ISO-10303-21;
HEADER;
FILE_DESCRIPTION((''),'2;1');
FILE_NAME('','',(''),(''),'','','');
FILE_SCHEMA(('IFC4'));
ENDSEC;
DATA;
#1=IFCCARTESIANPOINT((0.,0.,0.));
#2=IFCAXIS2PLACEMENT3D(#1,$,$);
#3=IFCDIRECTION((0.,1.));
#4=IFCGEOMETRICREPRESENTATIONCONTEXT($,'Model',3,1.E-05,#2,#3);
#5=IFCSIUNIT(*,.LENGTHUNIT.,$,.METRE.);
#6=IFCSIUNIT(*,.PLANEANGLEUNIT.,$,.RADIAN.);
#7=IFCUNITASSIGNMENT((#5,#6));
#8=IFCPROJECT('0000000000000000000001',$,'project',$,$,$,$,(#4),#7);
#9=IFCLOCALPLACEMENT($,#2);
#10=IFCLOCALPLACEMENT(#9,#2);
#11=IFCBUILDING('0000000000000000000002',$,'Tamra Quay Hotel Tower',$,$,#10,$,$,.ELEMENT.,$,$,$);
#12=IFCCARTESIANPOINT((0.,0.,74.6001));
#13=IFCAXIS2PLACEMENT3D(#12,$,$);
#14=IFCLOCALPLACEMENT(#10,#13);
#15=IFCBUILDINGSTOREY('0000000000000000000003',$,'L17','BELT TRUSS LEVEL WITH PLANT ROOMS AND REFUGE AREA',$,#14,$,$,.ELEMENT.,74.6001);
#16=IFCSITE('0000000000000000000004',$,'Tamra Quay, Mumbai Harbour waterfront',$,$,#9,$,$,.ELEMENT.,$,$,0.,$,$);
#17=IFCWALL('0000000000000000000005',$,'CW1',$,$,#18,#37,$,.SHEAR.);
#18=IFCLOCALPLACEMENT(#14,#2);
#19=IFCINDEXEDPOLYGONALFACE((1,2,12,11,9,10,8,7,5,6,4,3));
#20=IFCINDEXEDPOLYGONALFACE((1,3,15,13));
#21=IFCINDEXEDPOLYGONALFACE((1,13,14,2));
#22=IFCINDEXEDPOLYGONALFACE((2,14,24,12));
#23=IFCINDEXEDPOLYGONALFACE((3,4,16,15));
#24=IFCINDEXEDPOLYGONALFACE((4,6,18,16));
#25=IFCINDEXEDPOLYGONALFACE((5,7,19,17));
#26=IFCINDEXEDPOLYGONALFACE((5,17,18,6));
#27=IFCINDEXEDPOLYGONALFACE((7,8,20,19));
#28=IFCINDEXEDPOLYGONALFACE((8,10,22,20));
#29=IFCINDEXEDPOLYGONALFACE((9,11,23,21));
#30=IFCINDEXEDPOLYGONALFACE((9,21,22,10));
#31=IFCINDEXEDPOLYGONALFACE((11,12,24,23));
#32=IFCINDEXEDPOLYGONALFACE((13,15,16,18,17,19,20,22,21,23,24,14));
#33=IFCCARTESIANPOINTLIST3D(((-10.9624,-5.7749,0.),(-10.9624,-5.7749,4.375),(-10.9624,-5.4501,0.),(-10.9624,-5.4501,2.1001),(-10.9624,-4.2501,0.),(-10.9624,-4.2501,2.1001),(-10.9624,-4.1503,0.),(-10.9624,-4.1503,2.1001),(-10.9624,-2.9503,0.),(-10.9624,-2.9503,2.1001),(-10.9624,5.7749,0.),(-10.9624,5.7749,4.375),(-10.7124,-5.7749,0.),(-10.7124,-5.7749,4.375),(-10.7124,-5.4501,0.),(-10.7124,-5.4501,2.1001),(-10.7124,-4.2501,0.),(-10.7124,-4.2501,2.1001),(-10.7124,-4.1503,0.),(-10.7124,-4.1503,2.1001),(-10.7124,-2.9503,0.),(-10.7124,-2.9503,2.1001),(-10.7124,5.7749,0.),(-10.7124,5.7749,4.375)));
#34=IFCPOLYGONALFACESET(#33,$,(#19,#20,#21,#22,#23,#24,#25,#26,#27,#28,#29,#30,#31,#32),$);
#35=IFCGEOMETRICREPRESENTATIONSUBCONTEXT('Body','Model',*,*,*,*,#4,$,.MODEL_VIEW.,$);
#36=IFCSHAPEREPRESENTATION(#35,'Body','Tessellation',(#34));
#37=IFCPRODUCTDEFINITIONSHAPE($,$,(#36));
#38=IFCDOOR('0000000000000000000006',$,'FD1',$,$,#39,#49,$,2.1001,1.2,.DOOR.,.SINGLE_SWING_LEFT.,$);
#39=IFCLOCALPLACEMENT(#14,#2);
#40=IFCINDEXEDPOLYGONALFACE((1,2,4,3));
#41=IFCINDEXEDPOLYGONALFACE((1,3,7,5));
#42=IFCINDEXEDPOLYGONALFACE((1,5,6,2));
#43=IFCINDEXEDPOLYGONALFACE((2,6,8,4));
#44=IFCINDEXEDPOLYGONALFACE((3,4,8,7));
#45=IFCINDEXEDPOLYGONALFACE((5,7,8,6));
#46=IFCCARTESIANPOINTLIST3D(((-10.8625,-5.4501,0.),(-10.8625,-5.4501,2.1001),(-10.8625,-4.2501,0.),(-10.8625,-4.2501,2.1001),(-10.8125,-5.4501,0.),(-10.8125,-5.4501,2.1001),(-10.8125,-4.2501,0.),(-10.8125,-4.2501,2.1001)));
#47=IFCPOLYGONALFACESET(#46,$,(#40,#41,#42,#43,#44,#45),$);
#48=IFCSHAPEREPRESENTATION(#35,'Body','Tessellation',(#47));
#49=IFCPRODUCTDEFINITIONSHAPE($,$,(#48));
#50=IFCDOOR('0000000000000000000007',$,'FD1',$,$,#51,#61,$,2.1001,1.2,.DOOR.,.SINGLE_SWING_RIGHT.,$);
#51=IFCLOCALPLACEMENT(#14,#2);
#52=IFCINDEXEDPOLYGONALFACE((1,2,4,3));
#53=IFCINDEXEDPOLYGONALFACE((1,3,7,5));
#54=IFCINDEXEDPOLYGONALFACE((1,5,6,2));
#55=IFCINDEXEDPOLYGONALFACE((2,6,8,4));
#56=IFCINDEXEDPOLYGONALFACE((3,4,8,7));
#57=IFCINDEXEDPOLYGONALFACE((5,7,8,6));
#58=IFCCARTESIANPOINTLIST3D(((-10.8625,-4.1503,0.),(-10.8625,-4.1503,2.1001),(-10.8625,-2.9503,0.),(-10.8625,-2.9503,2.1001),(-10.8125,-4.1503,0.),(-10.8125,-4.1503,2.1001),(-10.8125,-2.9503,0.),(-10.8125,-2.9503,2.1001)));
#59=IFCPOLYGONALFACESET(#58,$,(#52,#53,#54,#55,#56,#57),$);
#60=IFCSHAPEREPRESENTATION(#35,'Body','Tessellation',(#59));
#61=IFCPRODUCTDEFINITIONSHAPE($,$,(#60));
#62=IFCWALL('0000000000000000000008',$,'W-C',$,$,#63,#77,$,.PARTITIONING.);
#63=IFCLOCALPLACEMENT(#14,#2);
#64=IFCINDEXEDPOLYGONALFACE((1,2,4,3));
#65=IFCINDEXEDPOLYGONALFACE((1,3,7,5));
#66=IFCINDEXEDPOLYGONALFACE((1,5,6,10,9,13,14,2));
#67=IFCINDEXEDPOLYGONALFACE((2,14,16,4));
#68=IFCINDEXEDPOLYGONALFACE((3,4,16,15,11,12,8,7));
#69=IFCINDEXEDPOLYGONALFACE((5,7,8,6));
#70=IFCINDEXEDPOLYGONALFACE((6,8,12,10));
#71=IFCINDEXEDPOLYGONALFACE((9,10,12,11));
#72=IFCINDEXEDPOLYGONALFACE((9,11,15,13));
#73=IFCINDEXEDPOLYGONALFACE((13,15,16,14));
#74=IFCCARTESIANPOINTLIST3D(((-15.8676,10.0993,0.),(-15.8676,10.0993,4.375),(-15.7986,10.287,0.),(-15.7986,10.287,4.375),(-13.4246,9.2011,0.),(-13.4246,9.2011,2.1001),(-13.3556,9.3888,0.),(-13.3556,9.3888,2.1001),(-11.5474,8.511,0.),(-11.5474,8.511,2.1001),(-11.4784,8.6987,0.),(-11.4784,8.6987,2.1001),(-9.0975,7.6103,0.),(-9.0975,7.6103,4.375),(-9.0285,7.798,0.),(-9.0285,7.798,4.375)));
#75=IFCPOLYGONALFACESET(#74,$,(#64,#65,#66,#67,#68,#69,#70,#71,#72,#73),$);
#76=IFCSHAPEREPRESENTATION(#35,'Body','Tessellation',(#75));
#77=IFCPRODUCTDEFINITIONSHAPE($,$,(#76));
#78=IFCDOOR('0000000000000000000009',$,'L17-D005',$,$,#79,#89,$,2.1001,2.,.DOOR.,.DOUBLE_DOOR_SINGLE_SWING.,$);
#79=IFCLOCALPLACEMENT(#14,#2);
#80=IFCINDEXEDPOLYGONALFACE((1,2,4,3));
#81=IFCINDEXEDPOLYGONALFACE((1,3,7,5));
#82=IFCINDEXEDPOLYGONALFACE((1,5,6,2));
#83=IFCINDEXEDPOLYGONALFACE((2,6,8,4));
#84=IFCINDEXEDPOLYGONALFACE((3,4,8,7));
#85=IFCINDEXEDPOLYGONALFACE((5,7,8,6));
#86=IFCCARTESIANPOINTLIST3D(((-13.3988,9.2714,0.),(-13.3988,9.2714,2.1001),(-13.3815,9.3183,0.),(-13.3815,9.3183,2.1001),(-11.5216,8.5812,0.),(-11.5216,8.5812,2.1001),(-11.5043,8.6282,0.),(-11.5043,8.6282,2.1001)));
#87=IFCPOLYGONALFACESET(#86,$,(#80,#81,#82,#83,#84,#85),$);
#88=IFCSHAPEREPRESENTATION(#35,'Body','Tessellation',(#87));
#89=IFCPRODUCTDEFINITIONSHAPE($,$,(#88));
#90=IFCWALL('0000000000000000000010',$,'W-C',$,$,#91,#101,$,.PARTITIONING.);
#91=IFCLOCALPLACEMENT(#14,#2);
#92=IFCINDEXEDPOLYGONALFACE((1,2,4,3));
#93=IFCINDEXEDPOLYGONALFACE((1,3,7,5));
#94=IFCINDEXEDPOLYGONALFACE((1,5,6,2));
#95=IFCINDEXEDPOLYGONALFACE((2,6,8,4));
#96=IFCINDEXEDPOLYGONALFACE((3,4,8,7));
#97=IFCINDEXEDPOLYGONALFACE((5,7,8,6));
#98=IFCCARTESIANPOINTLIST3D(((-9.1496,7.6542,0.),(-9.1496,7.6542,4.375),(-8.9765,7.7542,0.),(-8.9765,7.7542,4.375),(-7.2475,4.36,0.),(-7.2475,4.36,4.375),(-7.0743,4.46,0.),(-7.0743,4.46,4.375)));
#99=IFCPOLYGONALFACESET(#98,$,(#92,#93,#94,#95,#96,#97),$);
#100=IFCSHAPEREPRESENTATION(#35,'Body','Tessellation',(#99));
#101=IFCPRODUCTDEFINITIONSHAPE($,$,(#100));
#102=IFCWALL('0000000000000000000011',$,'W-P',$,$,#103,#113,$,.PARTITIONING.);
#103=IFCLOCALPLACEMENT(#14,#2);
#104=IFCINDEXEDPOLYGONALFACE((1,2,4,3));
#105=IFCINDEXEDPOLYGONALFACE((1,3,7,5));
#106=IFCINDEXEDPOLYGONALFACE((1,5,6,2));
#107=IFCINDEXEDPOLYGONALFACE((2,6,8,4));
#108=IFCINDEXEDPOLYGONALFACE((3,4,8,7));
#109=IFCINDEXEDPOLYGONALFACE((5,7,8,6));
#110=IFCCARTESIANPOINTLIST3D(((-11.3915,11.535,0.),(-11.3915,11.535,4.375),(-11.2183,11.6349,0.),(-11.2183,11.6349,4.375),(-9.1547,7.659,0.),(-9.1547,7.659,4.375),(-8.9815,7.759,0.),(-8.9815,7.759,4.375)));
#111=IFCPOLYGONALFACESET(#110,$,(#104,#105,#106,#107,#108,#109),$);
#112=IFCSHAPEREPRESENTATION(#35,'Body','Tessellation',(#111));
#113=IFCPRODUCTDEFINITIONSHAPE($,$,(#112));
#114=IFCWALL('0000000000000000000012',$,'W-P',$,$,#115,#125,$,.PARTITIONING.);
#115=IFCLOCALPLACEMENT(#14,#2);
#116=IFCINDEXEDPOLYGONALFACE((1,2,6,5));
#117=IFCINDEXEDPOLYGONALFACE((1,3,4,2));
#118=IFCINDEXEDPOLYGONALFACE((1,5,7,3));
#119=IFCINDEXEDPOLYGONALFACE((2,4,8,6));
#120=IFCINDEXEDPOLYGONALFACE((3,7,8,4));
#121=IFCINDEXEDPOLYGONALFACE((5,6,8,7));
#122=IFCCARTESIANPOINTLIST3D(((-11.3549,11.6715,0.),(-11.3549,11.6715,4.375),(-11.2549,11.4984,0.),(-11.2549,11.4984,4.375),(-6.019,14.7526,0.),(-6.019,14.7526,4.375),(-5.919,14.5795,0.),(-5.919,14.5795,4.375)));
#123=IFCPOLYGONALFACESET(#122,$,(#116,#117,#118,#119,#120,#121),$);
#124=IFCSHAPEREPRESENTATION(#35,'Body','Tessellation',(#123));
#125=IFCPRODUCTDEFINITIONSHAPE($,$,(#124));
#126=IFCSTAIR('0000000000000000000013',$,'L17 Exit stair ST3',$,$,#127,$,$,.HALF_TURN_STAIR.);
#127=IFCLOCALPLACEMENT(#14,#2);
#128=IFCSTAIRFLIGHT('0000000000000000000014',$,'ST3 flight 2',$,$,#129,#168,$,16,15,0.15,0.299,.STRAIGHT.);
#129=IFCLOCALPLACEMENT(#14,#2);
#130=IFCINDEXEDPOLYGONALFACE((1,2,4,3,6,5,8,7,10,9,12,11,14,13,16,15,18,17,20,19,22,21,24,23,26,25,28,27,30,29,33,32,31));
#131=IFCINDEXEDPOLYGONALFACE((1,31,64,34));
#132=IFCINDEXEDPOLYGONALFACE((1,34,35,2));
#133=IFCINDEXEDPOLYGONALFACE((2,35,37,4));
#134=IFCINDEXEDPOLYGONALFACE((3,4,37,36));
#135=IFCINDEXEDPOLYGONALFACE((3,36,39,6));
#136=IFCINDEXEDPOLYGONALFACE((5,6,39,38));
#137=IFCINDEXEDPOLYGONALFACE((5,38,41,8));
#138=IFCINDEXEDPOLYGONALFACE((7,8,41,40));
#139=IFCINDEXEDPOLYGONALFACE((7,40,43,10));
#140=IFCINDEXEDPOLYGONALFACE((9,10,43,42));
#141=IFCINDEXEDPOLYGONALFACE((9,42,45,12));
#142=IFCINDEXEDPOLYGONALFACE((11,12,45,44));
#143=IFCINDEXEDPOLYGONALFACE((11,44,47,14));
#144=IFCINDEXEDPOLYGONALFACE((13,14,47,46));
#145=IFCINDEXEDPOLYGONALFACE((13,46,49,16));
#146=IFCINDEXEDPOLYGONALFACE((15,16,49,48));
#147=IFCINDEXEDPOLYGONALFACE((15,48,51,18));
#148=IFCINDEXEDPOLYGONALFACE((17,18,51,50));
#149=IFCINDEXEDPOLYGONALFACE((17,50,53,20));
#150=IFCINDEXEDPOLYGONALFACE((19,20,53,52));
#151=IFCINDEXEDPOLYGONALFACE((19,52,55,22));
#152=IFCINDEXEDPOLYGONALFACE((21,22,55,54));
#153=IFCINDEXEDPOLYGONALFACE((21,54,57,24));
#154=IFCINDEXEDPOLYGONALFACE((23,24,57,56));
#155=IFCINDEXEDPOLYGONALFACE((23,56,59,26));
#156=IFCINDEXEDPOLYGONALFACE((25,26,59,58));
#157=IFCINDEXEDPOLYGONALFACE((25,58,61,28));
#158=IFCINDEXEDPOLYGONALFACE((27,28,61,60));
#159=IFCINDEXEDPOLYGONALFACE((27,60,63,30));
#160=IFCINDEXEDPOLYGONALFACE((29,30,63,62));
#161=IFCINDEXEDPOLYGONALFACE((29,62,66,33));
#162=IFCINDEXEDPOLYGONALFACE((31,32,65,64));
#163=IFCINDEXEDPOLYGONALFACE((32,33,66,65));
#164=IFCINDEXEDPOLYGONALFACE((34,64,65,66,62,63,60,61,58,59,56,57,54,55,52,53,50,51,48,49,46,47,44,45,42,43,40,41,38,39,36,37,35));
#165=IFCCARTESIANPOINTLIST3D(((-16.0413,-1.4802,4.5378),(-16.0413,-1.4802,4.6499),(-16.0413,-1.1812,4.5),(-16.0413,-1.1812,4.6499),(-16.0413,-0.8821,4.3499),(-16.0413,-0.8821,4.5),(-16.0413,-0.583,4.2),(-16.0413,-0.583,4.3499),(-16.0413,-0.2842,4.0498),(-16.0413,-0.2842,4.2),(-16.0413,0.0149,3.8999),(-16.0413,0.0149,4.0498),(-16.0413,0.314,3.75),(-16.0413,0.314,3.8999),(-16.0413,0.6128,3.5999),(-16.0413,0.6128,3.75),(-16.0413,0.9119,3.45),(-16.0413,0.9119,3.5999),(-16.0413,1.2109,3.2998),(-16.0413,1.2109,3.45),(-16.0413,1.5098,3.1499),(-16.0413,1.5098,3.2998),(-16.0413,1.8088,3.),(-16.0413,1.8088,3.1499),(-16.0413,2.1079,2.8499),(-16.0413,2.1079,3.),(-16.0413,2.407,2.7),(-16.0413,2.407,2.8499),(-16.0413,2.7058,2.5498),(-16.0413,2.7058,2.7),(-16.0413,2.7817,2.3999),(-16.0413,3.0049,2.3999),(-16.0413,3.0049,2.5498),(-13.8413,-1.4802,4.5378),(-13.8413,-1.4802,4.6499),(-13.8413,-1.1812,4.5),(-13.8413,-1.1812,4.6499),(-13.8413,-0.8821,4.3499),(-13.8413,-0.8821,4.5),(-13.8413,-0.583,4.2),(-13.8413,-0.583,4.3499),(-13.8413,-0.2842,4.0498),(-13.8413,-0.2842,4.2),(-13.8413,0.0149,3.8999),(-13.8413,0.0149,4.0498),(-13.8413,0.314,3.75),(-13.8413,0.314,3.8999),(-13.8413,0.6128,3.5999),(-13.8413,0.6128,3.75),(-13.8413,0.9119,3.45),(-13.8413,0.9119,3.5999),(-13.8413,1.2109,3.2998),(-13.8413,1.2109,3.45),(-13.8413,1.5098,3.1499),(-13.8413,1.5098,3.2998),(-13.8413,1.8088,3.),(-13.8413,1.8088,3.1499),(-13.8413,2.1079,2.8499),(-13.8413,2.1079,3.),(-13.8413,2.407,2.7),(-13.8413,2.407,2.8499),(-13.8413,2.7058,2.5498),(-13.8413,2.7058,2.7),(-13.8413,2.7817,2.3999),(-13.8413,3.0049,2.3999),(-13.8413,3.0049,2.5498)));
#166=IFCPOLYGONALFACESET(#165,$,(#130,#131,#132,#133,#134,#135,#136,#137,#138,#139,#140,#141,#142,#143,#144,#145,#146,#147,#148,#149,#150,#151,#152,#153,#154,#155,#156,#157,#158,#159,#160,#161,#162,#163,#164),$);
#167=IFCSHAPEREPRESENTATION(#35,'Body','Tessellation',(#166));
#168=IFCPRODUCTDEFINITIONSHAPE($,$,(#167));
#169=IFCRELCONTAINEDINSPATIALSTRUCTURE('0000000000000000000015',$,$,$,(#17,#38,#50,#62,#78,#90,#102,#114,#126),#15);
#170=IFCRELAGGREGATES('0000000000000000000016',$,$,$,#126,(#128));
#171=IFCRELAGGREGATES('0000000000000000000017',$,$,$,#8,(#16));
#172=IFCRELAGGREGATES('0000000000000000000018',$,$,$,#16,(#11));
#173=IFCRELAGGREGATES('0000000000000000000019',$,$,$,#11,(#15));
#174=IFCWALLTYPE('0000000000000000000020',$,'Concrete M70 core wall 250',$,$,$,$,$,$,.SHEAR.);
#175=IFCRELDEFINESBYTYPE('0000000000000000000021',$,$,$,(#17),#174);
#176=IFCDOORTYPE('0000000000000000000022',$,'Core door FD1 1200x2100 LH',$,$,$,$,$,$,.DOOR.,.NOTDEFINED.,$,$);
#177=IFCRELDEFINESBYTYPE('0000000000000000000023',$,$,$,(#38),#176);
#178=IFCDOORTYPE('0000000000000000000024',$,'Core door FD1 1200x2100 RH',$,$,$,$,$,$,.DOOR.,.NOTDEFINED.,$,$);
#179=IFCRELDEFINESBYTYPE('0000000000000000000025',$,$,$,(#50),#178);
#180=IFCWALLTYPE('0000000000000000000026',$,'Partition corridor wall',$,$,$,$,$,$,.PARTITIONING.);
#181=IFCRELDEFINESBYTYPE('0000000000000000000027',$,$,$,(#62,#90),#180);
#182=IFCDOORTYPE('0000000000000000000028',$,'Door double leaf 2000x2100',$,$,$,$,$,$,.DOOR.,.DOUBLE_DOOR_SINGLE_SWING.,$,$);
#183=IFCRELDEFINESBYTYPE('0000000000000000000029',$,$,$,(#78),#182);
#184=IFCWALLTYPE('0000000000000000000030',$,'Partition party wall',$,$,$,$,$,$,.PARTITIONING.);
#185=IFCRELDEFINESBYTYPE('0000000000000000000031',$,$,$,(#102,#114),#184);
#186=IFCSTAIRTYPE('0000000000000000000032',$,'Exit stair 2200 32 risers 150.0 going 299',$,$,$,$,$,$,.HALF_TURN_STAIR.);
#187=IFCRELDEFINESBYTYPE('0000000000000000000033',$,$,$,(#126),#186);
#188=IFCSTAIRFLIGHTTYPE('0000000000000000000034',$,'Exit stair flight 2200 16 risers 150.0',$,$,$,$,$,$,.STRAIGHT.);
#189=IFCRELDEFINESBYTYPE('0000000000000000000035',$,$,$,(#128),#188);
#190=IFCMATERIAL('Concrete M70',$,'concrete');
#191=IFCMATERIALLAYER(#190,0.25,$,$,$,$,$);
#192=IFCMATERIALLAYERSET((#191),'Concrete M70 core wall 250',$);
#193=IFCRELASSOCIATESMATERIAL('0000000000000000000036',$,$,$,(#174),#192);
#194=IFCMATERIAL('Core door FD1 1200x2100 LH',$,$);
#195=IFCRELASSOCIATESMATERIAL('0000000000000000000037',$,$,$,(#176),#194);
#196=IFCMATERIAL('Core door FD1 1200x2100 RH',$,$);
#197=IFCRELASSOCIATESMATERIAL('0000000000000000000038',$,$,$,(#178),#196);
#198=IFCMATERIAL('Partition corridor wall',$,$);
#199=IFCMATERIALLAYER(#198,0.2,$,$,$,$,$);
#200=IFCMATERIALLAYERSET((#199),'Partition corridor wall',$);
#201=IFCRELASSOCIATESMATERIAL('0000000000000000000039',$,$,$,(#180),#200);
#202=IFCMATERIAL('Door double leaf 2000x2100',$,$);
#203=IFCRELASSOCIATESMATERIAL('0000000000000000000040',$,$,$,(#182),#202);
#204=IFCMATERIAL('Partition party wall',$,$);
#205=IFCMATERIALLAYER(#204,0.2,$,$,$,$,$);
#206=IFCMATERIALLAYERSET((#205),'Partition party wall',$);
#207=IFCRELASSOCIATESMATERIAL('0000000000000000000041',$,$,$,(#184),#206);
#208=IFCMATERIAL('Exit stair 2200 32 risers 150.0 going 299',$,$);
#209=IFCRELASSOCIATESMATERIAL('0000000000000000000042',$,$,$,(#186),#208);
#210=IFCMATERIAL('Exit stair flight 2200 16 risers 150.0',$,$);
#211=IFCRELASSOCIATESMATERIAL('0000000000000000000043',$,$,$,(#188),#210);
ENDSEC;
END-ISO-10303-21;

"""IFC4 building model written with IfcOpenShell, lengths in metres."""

from ifc_helpers import new_model, si_unit, direction, frame, frame_2d, origin, place, context, subcontext, project, spatial, polyline, rectangle, outline, extrude, material, layer, layer_set, type_object, element, fill, aggregate, save


model = new_model("IFC4")

# Units and contexts
model_context = context("Model", 3, precision=1e-05, world=origin(), true_north=direction((0.0, 1.0)))
body_context = subcontext(model_context, "Body", "Model", "MODEL_VIEW")
ifc_project = project(units=[si_unit("LENGTHUNIT", "METRE"), si_unit("PLANEANGLEUNIT", "RADIAN")], contexts=[model_context])

# Site, building, storey
site_placement = place(None, origin())
site = spatial("IfcSite", under=ifc_project, at=site_placement, Name="Tamra Quay, Mumbai Harbour waterfront", CompositionType="ELEMENT", RefElevation=0.0)
building_placement = place(site_placement, origin())
building = spatial("IfcBuilding", under=site, at=building_placement, Name="Tamra Quay Hotel Tower", CompositionType="ELEMENT")
storey_placement = place(building_placement, frame((0.0, 0.0, 74.6001)))
storey = spatial("IfcBuildingStorey", under=building, at=storey_placement, Name="L17", Description="BELT TRUSS LEVEL WITH PLANT ROOMS AND REFUGE AREA", CompositionType="ELEMENT", Elevation=74.6001)

# Wall, openings, doors
ifc_material_1 = material(Name="Concrete M70", Category="concrete")
ifc_layer_1 = layer(ifc_material_1, 0.25)
ifc_layer_set_1 = layer_set([ifc_layer_1], Name="Concrete M70 core wall 250")
wall_type_1 = type_object("IfcWallType", Name="Concrete M70 core wall 250", PredefinedType="SHEAR", material=ifc_layer_set_1)
wall_1_placement = place(storey_placement, frame((-10.8374, 5.7749, 0.0), z_axis=(0.0, 0.0, 1.0), x_axis=(0.0, -1.0, 0.0)))
wall_1 = element("IfcWall", 1, at=wall_1_placement, inside=storey, type_object=wall_type_1, Name="CW1", PredefinedType="SHEAR", context=body_context, shape_type="SweptSolid", body=[
    extrude(rectangle(XDim=11.5498, YDim=0.25, at=frame_2d((5.7749, 0.0))), origin(), (0.0, 0.0, 1.0), 4.375),
])
opening_1_placement = place(wall_1_placement, frame((10.0249, 0.0, 0.0)))
opening_1 = element("IfcOpeningElement", 2, at=opening_1_placement, cuts=wall_1, PredefinedType="OPENING", context=body_context, shape_type="SweptSolid", body=[
    extrude(rectangle(XDim=1.2, YDim=2.1001, at=frame_2d((0.6001, 1.05))), frame((0.0, 0.135, 0.0), z_axis=(0.0, -1.0, 0.0), x_axis=(1.0, 0.0, 0.0)), (0.0, 0.0, 1.0), 0.27),
])
opening_2_placement = place(wall_1_placement, frame((8.7251, 0.0, 0.0)))
opening_2 = element("IfcOpeningElement", 3, at=opening_2_placement, cuts=wall_1, PredefinedType="OPENING", context=body_context, shape_type="SweptSolid", body=[
    extrude(rectangle(XDim=1.2, YDim=2.1001, at=frame_2d((0.6001, 1.05))), frame((0.0, 0.135, 0.0), z_axis=(0.0, -1.0, 0.0), x_axis=(1.0, 0.0, 0.0)), (0.0, 0.0, 1.0), 0.27),
])
ifc_material_2 = material(Name="Core door FD1 1200x2100 LH")
door_type_1 = type_object("IfcDoorType", Name="Core door FD1 1200x2100 LH", OperationType="NOTDEFINED", PredefinedType="DOOR", material=ifc_material_2)
door_1_placement = place(opening_1_placement, origin())
door_1 = element("IfcDoor", 4, at=door_1_placement, inside=storey, type_object=door_type_1, Name="FD1", OperationType="SINGLE_SWING_LEFT", OverallHeight=2.1001, OverallWidth=1.2, PredefinedType="DOOR", context=body_context, shape_type="SweptSolid", body=[
    extrude(rectangle(XDim=1.2, YDim=2.1001, at=frame_2d((0.6001, 1.05))), frame((0.0, 0.0249, 0.0), z_axis=(0.0, -1.0, 0.0), x_axis=(1.0, 0.0, 0.0)), (0.0, 0.0, 1.0), 0.05),
])
fill(opening_1, door_1)
ifc_material_3 = material(Name="Core door FD1 1200x2100 RH")
door_type_2 = type_object("IfcDoorType", Name="Core door FD1 1200x2100 RH", OperationType="NOTDEFINED", PredefinedType="DOOR", material=ifc_material_3)
door_2_placement = place(opening_2_placement, origin())
door_2 = element("IfcDoor", 5, at=door_2_placement, inside=storey, type_object=door_type_2, Name="FD1", OperationType="SINGLE_SWING_RIGHT", OverallHeight=2.1001, OverallWidth=1.2, PredefinedType="DOOR", context=body_context, shape_type="SweptSolid", body=[
    extrude(rectangle(XDim=1.2, YDim=2.1001, at=frame_2d((0.6001, 1.05))), frame((0.0, 0.0249, 0.0), z_axis=(0.0, -1.0, 0.0), x_axis=(1.0, 0.0, 0.0)), (0.0, 0.0, 1.0), 0.05),
])
fill(opening_2, door_2)

# Wall, opening, door
ifc_material_4 = material(Name="Partition corridor wall")
ifc_layer_2 = layer(ifc_material_4, 0.2)
ifc_layer_set_2 = layer_set([ifc_layer_2], Name="Partition corridor wall")
wall_type_2 = type_object("IfcWallType", Name="Partition corridor wall", PredefinedType="PARTITIONING", material=ifc_layer_set_2)
wall_2_placement = place(storey_placement, frame((-15.833, 10.1931, 0.0), z_axis=(0.0, 0.0, 1.0), x_axis=(0.938577, -0.34507, 0.0)))
wall_2 = element("IfcWall", 6, at=wall_2_placement, inside=storey, type_object=wall_type_2, Name="W-C", PredefinedType="PARTITIONING", context=body_context, shape_type="SweptSolid", body=[
    extrude(rectangle(XDim=7.2131, YDim=0.2, at=frame_2d((3.6064, 0.0))), origin(), (0.0, 0.0, 1.0), 4.375),
])
opening_3_placement = place(wall_2_placement, frame((2.6028, 0.0, 0.0)))
opening_3 = element("IfcOpeningElement", 7, at=opening_3_placement, cuts=wall_2, PredefinedType="OPENING", context=body_context, shape_type="SweptSolid", body=[
    extrude(rectangle(XDim=2.0, YDim=2.1001, at=frame_2d((1.0, 1.05))), frame((0.0, 0.1099, 0.0), z_axis=(0.0, -1.0, 0.0), x_axis=(1.0, 0.0, 0.0)), (0.0, 0.0, 1.0), 0.22),
])
ifc_material_5 = material(Name="Door double leaf 2000x2100")
door_type_3 = type_object("IfcDoorType", Name="Door double leaf 2000x2100", OperationType="DOUBLE_DOOR_SINGLE_SWING", PredefinedType="DOOR", material=ifc_material_5)
door_3_placement = place(opening_3_placement, origin())
door_3 = element("IfcDoor", 8, at=door_3_placement, inside=storey, type_object=door_type_3, Name="L17-D005", OperationType="DOUBLE_DOOR_SINGLE_SWING", OverallHeight=2.1001, OverallWidth=2.0, PredefinedType="DOOR", context=body_context, shape_type="SweptSolid", body=[
    extrude(rectangle(XDim=2.0, YDim=2.1001, at=frame_2d((1.0, 1.05))), frame((0.0, 0.0249, 0.0), z_axis=(0.0, -1.0, 0.0), x_axis=(1.0, 0.0, 0.0)), (0.0, 0.0, 1.0), 0.05),
])
fill(opening_3, door_3)

# Walls
wall_3_placement = place(storey_placement, frame((-9.063, 7.7041, 0.0), z_axis=(0.0, 0.0, 1.0), x_axis=(0.500039, -0.866003, 0.0)))
element("IfcWall", 9, at=wall_3_placement, inside=storey, type_object=wall_type_2, Name="W-C", PredefinedType="PARTITIONING", context=body_context, shape_type="SweptSolid", body=[
    extrude(rectangle(XDim=3.804, YDim=0.2, at=frame_2d((1.9019, 0.0))), origin(), (0.0, 0.0, 1.0), 4.375),
])
ifc_material_6 = material(Name="Partition party wall")
ifc_layer_3 = layer(ifc_material_6, 0.2)
ifc_layer_set_3 = layer_set([ifc_layer_3], Name="Partition party wall")
wall_type_3 = type_object("IfcWallType", Name="Partition party wall", PredefinedType="PARTITIONING", material=ifc_layer_set_3)
wall_4_placement = place(storey_placement, frame((-11.3049, 11.585, 0.0), z_axis=(0.0, 0.0, 1.0), x_axis=(0.499836, -0.86612, 0.0)))
element("IfcWall", 10, at=wall_4_placement, inside=storey, type_object=wall_type_3, Name="W-P", PredefinedType="PARTITIONING", context=body_context, shape_type="SweptSolid", body=[
    extrude(rectangle(XDim=4.4751, YDim=0.2, at=frame_2d((2.2375, 0.0))), origin(), (0.0, 0.0, 1.0), 4.375),
])
wall_5_placement = place(storey_placement, frame((-11.3049, 11.585, 0.0), z_axis=(0.0, 0.0, 1.0), x_axis=(0.866001, 0.500043, 0.0)))
element("IfcWall", 11, at=wall_5_placement, inside=storey, type_object=wall_type_3, Name="W-P", PredefinedType="PARTITIONING", context=body_context, shape_type="SweptSolid", body=[
    extrude(rectangle(XDim=6.1616, YDim=0.2, at=frame_2d((3.0808, 0.0))), origin(), (0.0, 0.0, 1.0), 4.375),
])

# Stair, stair flight
ifc_material_7 = material(Name="Exit stair 2200 32 risers 150.0 going 299")
stair_type = type_object("IfcStairType", Name="Exit stair 2200 32 risers 150.0 going 299", PredefinedType="HALF_TURN_STAIR", material=ifc_material_7)
stair_placement = place(storey_placement, origin())
stair = element("IfcStair", 12, at=stair_placement, inside=storey, type_object=stair_type, Name="L17 Exit stair ST3", PredefinedType="HALF_TURN_STAIR")
ifc_material_8 = material(Name="Exit stair flight 2200 16 risers 150.0")
stair_flight_type = type_object("IfcStairFlightType", Name="Exit stair flight 2200 16 risers 150.0", PredefinedType="STRAIGHT", material=ifc_material_8)
stair_flight_placement = place(storey_placement, frame((-14.9414, 3.0049, 2.3999), z_axis=(0.0, 0.0, 1.0), x_axis=(0.0, -1.0, 0.0)))
stair_flight = element("IfcStairFlight", 13, at=stair_flight_placement, type_object=stair_flight_type, Name="ST3 flight 2", NumberOfRisers=16, NumberOfTreads=15, PredefinedType="STRAIGHT", RiserHeight=0.15, TreadLength=0.299, context=body_context, shape_type="SweptSolid", body=[
    extrude(outline(polyline([(0.0, 0.0), (0.0, 0.1499), (0.2991, 0.1499), (0.2991, 0.3), (0.5979, 0.3), (0.5979, 0.45), (0.897, 0.45), (0.897, 0.6001), (1.196, 0.6001), (1.196, 0.75), (1.4951, 0.75), (1.4951, 0.8999), (1.7939, 0.8999), (1.7939, 1.05), (2.093, 1.05), (2.093, 1.2), (2.3921, 1.2), (2.3921, 1.3501), (2.6909, 1.3501), (2.6909, 1.5), (2.99, 1.5), (2.99, 1.6499), (3.2891, 1.6499), (3.2891, 1.8), (3.5879, 1.8), (3.5879, 1.95), (3.887, 1.95), (3.887, 2.1001), (4.186, 2.1001), (4.186, 2.25), (4.4851, 2.25), (4.4851, 2.3999), (4.4851, 2.1379), (0.2231, 0.0), (0.0, 0.0)])), frame((0.0, 1.1001, 0.0), z_axis=(0.0, -1.0, 0.0), x_axis=(1.0, 0.0, 0.0)), (0.0, 0.0, 1.0), 2.2),
])
aggregate(stair, [stair_flight])

save(model, "model.ifc")
